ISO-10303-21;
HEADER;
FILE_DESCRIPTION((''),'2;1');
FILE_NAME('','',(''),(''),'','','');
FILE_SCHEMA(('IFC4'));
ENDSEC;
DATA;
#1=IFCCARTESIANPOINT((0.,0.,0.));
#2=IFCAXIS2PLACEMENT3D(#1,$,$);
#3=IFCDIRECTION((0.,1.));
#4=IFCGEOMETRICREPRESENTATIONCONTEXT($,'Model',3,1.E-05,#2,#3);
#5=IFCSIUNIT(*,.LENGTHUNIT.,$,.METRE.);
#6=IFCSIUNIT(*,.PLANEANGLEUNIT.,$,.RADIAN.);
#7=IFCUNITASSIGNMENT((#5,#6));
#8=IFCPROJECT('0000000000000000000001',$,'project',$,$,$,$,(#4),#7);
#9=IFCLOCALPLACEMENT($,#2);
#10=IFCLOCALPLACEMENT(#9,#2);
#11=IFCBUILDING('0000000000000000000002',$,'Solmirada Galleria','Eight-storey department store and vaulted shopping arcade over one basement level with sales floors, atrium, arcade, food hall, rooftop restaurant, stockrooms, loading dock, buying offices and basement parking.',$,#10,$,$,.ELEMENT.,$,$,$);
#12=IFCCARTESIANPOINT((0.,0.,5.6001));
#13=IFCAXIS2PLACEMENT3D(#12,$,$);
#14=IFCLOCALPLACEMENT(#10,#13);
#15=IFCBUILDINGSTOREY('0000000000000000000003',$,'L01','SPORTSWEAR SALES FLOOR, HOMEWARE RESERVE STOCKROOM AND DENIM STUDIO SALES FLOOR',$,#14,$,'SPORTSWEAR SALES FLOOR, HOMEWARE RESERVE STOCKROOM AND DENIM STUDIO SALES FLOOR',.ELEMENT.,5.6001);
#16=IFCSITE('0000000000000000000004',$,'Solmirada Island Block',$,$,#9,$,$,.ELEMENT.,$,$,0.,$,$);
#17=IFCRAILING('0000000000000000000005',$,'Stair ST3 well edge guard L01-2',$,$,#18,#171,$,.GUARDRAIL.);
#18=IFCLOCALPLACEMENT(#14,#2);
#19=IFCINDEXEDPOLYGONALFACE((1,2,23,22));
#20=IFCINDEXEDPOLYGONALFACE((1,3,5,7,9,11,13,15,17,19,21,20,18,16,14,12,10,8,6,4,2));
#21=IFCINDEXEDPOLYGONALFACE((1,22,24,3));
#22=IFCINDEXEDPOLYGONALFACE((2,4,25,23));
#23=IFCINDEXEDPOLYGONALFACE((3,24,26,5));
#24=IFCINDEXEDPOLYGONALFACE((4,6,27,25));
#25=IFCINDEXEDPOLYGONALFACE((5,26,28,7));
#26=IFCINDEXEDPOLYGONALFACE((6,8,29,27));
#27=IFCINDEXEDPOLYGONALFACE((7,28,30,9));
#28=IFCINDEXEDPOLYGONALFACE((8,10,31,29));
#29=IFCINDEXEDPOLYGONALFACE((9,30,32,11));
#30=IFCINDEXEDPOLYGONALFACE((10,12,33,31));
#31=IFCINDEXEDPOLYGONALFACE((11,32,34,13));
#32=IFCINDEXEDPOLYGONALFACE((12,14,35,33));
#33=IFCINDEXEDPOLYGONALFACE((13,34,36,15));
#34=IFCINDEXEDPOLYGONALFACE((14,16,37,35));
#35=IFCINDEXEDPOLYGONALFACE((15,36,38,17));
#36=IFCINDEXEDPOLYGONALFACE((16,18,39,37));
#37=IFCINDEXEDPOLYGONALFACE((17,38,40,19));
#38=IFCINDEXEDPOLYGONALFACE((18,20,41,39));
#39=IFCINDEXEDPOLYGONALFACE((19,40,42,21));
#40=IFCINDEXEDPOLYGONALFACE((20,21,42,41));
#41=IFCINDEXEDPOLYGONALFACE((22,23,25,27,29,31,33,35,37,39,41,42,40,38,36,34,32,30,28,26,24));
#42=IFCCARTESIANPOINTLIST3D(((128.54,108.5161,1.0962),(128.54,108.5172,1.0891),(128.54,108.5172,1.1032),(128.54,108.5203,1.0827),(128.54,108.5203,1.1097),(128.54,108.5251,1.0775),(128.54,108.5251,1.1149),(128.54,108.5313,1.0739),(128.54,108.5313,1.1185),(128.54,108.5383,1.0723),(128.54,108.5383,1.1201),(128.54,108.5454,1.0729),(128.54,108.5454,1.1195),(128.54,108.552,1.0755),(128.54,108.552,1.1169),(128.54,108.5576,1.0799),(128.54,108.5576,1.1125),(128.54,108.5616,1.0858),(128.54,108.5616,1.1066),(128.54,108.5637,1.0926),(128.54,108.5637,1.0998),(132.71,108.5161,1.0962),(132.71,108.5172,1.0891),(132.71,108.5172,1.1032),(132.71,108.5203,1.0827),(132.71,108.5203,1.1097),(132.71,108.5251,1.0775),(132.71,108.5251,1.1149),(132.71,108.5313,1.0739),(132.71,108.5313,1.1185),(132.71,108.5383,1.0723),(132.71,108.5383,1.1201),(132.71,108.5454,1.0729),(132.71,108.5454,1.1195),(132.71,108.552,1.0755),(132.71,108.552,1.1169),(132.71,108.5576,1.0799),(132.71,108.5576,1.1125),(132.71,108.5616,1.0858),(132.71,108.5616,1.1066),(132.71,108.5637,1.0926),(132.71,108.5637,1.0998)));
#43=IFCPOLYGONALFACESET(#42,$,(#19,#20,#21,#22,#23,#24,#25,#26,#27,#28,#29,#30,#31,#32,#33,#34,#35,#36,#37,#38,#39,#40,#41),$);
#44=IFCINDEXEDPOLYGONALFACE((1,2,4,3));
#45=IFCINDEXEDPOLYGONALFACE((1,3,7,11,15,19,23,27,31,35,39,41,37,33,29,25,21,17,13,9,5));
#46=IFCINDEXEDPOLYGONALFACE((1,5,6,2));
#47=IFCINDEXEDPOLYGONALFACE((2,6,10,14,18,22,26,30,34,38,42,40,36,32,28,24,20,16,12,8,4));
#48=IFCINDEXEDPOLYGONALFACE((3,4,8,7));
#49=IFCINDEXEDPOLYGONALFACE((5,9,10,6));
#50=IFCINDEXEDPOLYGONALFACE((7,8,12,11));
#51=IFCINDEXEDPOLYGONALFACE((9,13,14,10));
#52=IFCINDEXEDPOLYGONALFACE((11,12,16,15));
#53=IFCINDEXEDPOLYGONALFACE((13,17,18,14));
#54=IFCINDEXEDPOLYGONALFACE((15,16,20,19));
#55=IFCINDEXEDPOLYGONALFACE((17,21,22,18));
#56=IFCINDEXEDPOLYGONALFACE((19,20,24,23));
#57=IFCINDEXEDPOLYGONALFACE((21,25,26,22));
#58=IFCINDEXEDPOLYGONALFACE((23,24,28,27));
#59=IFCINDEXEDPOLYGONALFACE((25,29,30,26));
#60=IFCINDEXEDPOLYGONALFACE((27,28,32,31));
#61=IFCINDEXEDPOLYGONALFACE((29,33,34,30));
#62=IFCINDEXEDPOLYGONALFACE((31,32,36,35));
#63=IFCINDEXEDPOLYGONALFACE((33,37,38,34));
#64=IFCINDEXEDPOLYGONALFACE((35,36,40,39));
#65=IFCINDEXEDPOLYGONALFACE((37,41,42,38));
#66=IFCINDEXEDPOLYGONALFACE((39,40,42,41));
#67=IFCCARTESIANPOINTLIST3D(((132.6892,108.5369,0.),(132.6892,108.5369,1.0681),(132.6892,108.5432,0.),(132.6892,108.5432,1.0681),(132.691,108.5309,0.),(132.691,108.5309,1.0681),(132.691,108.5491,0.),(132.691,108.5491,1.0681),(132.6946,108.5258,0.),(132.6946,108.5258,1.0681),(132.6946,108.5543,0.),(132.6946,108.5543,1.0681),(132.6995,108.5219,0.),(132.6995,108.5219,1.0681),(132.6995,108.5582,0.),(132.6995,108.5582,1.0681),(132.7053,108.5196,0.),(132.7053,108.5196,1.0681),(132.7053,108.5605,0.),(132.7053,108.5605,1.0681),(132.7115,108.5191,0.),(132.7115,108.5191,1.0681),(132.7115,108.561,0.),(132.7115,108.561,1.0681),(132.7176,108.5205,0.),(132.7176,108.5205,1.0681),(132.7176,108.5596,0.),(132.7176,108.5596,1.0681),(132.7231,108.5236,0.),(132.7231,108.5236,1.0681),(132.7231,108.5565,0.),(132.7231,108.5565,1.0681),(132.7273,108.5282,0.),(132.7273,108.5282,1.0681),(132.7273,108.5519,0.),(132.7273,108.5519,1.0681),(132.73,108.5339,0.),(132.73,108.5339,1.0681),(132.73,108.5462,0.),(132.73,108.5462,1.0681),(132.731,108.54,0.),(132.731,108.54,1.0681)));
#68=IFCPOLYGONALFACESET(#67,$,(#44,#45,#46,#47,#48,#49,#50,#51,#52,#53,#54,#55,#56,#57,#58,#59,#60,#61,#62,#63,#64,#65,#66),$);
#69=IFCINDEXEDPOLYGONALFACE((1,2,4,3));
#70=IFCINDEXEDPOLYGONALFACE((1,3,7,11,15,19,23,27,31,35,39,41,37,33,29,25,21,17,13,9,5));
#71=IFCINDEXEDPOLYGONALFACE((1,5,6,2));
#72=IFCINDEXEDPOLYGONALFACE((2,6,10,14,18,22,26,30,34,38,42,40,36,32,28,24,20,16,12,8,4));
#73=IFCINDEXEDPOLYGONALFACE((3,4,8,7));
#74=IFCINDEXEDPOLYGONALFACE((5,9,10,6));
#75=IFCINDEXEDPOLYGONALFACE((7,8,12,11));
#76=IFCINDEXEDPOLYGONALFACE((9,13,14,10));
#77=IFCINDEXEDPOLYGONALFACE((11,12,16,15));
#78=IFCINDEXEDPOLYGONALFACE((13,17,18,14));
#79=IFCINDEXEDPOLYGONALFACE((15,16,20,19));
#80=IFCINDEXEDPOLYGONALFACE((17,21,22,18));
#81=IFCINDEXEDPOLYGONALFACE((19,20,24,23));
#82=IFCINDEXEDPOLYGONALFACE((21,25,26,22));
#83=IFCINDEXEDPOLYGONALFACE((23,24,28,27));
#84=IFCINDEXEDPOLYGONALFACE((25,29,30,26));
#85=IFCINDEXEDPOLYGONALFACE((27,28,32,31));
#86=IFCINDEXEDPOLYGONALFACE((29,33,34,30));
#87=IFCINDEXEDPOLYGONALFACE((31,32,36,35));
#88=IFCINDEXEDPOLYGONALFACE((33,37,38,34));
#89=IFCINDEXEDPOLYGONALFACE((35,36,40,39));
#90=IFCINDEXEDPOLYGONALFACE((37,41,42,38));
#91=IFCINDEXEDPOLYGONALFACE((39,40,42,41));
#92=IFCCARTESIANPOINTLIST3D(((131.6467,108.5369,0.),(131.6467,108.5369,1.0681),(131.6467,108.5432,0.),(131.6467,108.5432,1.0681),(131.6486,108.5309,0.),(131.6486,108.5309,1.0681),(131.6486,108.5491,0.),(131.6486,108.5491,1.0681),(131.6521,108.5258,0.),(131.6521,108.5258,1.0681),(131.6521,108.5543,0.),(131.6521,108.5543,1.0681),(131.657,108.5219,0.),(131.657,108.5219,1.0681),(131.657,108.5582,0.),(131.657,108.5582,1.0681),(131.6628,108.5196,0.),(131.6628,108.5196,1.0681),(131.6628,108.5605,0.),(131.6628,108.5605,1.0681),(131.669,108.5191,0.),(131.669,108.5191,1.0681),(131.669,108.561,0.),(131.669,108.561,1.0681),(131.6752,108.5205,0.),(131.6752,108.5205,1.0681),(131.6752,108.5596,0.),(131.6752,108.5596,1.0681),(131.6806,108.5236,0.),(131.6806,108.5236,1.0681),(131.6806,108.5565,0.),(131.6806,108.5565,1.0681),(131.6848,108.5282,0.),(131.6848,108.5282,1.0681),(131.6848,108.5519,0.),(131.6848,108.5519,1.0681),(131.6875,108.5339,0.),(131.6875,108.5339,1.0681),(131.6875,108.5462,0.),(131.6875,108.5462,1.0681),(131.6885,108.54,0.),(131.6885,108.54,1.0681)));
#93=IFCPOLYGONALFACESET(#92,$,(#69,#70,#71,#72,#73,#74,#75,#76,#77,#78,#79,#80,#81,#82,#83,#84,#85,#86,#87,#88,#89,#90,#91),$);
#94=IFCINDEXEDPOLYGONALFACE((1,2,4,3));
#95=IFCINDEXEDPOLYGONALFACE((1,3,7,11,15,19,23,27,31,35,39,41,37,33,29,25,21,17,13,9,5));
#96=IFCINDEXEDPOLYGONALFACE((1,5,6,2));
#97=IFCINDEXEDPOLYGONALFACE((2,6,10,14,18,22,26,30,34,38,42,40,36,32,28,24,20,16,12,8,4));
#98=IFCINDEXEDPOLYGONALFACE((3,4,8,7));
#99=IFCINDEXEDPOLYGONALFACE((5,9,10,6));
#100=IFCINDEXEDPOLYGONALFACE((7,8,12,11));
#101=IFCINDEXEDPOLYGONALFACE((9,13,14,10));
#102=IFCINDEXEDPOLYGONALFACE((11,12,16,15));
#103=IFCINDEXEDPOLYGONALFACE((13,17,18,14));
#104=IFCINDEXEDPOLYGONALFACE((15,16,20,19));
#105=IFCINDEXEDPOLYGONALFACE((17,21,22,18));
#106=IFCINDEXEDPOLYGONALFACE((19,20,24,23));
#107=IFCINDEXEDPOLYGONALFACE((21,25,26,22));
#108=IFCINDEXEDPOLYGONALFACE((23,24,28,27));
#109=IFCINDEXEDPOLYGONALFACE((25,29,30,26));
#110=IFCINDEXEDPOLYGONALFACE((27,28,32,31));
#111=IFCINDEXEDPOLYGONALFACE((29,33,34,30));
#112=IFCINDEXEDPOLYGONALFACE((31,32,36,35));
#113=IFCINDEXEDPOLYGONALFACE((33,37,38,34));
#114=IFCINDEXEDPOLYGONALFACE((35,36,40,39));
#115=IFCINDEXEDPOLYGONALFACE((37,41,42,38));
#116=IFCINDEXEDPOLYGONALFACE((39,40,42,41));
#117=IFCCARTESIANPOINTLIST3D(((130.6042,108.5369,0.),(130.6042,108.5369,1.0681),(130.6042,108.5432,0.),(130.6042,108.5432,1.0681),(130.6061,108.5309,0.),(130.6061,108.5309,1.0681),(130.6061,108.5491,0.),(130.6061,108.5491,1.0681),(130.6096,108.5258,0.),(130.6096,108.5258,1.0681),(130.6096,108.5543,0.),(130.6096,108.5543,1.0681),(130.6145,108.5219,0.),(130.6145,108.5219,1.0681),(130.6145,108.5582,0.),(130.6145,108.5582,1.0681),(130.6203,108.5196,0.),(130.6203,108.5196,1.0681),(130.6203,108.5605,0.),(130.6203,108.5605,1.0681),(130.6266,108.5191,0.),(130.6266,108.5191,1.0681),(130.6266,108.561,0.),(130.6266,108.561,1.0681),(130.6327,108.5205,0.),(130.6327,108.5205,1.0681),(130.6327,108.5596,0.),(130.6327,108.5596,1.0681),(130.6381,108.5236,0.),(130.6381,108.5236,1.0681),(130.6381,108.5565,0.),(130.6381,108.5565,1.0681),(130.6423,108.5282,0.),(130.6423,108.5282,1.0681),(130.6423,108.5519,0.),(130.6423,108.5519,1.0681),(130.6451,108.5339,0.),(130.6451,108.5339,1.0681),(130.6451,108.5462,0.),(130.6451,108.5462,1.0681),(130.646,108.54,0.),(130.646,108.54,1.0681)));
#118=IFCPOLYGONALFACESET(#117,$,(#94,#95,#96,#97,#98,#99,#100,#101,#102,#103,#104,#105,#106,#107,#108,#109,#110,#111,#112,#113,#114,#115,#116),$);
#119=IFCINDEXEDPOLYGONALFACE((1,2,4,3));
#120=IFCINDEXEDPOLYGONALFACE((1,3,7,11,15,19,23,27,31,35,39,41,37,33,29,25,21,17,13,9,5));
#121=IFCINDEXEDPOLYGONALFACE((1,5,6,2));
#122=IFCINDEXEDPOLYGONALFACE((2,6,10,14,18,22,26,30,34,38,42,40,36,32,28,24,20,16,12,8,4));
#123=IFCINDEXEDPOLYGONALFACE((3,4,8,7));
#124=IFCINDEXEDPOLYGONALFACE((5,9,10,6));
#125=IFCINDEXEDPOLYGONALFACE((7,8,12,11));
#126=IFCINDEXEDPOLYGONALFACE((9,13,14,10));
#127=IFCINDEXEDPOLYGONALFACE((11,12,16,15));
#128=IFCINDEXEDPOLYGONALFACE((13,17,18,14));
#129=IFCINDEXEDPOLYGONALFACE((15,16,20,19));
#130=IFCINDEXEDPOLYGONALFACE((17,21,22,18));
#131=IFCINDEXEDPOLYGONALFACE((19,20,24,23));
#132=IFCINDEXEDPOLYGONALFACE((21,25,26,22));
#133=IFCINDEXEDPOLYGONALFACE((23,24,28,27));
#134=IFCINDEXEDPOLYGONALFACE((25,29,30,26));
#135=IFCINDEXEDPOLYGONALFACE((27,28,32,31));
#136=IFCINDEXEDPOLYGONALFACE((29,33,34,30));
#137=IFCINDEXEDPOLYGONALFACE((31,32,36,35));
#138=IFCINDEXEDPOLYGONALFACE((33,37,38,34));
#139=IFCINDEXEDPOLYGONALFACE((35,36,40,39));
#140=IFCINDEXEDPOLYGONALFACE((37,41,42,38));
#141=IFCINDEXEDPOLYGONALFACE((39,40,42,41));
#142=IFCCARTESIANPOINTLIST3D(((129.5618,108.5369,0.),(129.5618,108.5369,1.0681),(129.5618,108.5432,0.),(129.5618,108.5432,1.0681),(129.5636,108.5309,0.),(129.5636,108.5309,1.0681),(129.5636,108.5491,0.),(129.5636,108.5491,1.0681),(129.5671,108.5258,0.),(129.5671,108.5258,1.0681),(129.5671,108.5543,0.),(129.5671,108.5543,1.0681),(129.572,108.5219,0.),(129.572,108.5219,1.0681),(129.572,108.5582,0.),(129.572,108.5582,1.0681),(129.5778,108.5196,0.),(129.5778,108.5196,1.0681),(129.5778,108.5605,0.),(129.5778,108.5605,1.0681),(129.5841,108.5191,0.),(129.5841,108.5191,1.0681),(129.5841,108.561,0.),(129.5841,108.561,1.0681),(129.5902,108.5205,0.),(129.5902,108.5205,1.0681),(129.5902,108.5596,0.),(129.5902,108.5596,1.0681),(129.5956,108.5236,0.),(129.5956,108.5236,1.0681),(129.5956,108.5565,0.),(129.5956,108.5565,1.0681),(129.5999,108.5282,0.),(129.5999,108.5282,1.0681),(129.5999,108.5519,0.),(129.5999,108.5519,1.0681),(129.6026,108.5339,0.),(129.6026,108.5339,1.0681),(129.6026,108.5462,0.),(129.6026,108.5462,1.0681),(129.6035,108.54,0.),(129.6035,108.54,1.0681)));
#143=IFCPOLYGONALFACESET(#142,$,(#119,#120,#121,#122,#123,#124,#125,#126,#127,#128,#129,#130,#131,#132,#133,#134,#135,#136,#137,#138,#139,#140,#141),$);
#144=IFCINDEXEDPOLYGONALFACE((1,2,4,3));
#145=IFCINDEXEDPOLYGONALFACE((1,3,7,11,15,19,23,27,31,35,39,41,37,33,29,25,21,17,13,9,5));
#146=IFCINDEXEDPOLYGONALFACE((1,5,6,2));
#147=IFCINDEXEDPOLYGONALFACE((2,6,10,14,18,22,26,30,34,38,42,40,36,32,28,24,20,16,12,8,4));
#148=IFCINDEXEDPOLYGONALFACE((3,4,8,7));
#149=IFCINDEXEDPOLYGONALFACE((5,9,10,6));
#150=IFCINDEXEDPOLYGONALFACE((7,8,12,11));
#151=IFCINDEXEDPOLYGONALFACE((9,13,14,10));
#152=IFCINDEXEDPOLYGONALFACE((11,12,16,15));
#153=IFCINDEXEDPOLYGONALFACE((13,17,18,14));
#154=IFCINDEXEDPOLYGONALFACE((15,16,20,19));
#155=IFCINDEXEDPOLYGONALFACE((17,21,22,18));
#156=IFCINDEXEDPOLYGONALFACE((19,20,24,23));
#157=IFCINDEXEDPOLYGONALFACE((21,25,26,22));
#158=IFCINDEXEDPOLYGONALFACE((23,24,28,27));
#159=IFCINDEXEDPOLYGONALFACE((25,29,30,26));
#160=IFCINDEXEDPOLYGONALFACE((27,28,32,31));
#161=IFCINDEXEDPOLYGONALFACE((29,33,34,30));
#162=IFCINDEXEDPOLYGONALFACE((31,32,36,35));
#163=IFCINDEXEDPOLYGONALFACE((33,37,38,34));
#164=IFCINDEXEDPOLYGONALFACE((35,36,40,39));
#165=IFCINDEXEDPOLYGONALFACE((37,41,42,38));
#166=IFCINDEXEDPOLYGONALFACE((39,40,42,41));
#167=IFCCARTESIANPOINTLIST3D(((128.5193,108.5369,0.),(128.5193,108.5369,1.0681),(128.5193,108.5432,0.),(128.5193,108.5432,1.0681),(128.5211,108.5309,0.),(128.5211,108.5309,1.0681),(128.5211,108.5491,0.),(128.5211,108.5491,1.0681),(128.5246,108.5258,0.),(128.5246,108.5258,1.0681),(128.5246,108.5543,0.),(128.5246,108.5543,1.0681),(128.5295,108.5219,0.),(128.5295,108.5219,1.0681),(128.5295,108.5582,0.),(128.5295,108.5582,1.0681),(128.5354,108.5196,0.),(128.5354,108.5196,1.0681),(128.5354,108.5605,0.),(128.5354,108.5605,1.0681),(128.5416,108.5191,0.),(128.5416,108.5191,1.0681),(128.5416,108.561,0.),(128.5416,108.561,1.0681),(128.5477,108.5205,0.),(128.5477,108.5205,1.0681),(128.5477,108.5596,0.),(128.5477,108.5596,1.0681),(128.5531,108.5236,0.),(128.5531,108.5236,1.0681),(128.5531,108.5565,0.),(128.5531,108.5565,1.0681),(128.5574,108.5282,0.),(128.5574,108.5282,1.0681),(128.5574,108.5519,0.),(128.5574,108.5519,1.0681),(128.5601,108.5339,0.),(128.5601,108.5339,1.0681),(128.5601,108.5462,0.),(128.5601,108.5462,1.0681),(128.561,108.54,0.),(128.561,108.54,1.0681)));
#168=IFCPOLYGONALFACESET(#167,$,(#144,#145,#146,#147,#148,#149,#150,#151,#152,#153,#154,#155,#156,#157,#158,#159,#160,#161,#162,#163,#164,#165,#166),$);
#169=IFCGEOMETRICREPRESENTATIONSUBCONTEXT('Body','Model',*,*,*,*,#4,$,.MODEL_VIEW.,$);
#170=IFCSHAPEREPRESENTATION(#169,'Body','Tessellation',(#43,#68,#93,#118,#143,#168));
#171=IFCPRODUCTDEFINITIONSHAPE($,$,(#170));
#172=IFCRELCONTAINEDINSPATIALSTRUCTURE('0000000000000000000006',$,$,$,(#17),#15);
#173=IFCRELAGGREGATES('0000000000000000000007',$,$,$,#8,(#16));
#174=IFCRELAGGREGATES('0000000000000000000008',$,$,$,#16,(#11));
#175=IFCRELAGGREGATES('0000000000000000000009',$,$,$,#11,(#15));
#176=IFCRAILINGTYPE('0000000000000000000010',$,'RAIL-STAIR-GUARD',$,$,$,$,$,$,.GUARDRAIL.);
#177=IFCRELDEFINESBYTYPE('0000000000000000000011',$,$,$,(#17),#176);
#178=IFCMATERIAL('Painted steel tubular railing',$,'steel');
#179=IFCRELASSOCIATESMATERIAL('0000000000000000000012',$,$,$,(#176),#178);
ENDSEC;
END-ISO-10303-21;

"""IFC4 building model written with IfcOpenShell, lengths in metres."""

from ifc_helpers import new_model, si_unit, direction, frame, origin, origin_2d, place, context, subcontext, project, spatial, circle, extrude, material, type_object, element, save


model = new_model("IFC4")

# Units and contexts
model_context = context("Model", 3, precision=1e-05, world=origin(), true_north=direction((0.0, 1.0)))
body_context = subcontext(model_context, "Body", "Model", "MODEL_VIEW")
ifc_project = project(units=[si_unit("LENGTHUNIT", "METRE"), si_unit("PLANEANGLEUNIT", "RADIAN")], contexts=[model_context])

# Site, building, storey
site_placement = place(None, origin())
site = spatial("IfcSite", under=ifc_project, at=site_placement, Name="Solmirada Island Block", CompositionType="ELEMENT", RefElevation=0.0)
building_placement = place(site_placement, origin())
building = spatial("IfcBuilding", under=site, at=building_placement, Name="Solmirada Galleria", Description="Eight-storey department store and vaulted shopping arcade over one basement level with sales floors, atrium, arcade, food hall, rooftop restaurant, stockrooms, loading dock, buying offices and basement parking.", CompositionType="ELEMENT")
storey_placement = place(building_placement, frame((0.0, 0.0, 5.6001)))
storey = spatial("IfcBuildingStorey", under=building, at=storey_placement, Name="L01", Description="SPORTSWEAR SALES FLOOR, HOMEWARE RESERVE STOCKROOM AND DENIM STUDIO SALES FLOOR", LongName="SPORTSWEAR SALES FLOOR, HOMEWARE RESERVE STOCKROOM AND DENIM STUDIO SALES FLOOR", CompositionType="ELEMENT", Elevation=5.6001)

# Railing
ifc_material_1 = material(Name="Painted steel tubular railing", Category="steel")
railing_type_1 = type_object("IfcRailingType", Name="RAIL-STAIR-GUARD", PredefinedType="GUARDRAIL", material=ifc_material_1)
railing_1_placement = place(storey_placement, frame((132.71, 108.54, 0.0)))
element("IfcRailing", 1, at=railing_1_placement, inside=storey, type_object=railing_type_1, Name="Stair ST3 well edge guard L01-2", PredefinedType="GUARDRAIL", context=body_context, shape_type="SweptSolid", body=[
    extrude(circle(Radius=0.0239, at=origin_2d()), frame((0.0, 0.0, 1.0962), z_axis=(-1.0, 0.0, 0.0), x_axis=(0.0, -1.0, 0.0)), (0.0, 0.0, 1.0), 4.1699),
    extrude(circle(Radius=0.021, at=origin_2d()), origin(), (0.0, 0.0, 1.0), 1.0681),
    extrude(circle(Radius=0.021, at=origin_2d()), frame((-1.0425, 0.0, 0.0)), (0.0, 0.0, 1.0), 1.0681),
    extrude(circle(Radius=0.021, at=origin_2d()), frame((-2.085, 0.0, 0.0)), (0.0, 0.0, 1.0), 1.0681),
    extrude(circle(Radius=0.021, at=origin_2d()), frame((-3.1274, 0.0, 0.0)), (0.0, 0.0, 1.0), 1.0681),
    extrude(circle(Radius=0.021, at=origin_2d()), frame((-4.1699, 0.0, 0.0)), (0.0, 0.0, 1.0), 1.0681),
])

save(model, "model.ifc")
